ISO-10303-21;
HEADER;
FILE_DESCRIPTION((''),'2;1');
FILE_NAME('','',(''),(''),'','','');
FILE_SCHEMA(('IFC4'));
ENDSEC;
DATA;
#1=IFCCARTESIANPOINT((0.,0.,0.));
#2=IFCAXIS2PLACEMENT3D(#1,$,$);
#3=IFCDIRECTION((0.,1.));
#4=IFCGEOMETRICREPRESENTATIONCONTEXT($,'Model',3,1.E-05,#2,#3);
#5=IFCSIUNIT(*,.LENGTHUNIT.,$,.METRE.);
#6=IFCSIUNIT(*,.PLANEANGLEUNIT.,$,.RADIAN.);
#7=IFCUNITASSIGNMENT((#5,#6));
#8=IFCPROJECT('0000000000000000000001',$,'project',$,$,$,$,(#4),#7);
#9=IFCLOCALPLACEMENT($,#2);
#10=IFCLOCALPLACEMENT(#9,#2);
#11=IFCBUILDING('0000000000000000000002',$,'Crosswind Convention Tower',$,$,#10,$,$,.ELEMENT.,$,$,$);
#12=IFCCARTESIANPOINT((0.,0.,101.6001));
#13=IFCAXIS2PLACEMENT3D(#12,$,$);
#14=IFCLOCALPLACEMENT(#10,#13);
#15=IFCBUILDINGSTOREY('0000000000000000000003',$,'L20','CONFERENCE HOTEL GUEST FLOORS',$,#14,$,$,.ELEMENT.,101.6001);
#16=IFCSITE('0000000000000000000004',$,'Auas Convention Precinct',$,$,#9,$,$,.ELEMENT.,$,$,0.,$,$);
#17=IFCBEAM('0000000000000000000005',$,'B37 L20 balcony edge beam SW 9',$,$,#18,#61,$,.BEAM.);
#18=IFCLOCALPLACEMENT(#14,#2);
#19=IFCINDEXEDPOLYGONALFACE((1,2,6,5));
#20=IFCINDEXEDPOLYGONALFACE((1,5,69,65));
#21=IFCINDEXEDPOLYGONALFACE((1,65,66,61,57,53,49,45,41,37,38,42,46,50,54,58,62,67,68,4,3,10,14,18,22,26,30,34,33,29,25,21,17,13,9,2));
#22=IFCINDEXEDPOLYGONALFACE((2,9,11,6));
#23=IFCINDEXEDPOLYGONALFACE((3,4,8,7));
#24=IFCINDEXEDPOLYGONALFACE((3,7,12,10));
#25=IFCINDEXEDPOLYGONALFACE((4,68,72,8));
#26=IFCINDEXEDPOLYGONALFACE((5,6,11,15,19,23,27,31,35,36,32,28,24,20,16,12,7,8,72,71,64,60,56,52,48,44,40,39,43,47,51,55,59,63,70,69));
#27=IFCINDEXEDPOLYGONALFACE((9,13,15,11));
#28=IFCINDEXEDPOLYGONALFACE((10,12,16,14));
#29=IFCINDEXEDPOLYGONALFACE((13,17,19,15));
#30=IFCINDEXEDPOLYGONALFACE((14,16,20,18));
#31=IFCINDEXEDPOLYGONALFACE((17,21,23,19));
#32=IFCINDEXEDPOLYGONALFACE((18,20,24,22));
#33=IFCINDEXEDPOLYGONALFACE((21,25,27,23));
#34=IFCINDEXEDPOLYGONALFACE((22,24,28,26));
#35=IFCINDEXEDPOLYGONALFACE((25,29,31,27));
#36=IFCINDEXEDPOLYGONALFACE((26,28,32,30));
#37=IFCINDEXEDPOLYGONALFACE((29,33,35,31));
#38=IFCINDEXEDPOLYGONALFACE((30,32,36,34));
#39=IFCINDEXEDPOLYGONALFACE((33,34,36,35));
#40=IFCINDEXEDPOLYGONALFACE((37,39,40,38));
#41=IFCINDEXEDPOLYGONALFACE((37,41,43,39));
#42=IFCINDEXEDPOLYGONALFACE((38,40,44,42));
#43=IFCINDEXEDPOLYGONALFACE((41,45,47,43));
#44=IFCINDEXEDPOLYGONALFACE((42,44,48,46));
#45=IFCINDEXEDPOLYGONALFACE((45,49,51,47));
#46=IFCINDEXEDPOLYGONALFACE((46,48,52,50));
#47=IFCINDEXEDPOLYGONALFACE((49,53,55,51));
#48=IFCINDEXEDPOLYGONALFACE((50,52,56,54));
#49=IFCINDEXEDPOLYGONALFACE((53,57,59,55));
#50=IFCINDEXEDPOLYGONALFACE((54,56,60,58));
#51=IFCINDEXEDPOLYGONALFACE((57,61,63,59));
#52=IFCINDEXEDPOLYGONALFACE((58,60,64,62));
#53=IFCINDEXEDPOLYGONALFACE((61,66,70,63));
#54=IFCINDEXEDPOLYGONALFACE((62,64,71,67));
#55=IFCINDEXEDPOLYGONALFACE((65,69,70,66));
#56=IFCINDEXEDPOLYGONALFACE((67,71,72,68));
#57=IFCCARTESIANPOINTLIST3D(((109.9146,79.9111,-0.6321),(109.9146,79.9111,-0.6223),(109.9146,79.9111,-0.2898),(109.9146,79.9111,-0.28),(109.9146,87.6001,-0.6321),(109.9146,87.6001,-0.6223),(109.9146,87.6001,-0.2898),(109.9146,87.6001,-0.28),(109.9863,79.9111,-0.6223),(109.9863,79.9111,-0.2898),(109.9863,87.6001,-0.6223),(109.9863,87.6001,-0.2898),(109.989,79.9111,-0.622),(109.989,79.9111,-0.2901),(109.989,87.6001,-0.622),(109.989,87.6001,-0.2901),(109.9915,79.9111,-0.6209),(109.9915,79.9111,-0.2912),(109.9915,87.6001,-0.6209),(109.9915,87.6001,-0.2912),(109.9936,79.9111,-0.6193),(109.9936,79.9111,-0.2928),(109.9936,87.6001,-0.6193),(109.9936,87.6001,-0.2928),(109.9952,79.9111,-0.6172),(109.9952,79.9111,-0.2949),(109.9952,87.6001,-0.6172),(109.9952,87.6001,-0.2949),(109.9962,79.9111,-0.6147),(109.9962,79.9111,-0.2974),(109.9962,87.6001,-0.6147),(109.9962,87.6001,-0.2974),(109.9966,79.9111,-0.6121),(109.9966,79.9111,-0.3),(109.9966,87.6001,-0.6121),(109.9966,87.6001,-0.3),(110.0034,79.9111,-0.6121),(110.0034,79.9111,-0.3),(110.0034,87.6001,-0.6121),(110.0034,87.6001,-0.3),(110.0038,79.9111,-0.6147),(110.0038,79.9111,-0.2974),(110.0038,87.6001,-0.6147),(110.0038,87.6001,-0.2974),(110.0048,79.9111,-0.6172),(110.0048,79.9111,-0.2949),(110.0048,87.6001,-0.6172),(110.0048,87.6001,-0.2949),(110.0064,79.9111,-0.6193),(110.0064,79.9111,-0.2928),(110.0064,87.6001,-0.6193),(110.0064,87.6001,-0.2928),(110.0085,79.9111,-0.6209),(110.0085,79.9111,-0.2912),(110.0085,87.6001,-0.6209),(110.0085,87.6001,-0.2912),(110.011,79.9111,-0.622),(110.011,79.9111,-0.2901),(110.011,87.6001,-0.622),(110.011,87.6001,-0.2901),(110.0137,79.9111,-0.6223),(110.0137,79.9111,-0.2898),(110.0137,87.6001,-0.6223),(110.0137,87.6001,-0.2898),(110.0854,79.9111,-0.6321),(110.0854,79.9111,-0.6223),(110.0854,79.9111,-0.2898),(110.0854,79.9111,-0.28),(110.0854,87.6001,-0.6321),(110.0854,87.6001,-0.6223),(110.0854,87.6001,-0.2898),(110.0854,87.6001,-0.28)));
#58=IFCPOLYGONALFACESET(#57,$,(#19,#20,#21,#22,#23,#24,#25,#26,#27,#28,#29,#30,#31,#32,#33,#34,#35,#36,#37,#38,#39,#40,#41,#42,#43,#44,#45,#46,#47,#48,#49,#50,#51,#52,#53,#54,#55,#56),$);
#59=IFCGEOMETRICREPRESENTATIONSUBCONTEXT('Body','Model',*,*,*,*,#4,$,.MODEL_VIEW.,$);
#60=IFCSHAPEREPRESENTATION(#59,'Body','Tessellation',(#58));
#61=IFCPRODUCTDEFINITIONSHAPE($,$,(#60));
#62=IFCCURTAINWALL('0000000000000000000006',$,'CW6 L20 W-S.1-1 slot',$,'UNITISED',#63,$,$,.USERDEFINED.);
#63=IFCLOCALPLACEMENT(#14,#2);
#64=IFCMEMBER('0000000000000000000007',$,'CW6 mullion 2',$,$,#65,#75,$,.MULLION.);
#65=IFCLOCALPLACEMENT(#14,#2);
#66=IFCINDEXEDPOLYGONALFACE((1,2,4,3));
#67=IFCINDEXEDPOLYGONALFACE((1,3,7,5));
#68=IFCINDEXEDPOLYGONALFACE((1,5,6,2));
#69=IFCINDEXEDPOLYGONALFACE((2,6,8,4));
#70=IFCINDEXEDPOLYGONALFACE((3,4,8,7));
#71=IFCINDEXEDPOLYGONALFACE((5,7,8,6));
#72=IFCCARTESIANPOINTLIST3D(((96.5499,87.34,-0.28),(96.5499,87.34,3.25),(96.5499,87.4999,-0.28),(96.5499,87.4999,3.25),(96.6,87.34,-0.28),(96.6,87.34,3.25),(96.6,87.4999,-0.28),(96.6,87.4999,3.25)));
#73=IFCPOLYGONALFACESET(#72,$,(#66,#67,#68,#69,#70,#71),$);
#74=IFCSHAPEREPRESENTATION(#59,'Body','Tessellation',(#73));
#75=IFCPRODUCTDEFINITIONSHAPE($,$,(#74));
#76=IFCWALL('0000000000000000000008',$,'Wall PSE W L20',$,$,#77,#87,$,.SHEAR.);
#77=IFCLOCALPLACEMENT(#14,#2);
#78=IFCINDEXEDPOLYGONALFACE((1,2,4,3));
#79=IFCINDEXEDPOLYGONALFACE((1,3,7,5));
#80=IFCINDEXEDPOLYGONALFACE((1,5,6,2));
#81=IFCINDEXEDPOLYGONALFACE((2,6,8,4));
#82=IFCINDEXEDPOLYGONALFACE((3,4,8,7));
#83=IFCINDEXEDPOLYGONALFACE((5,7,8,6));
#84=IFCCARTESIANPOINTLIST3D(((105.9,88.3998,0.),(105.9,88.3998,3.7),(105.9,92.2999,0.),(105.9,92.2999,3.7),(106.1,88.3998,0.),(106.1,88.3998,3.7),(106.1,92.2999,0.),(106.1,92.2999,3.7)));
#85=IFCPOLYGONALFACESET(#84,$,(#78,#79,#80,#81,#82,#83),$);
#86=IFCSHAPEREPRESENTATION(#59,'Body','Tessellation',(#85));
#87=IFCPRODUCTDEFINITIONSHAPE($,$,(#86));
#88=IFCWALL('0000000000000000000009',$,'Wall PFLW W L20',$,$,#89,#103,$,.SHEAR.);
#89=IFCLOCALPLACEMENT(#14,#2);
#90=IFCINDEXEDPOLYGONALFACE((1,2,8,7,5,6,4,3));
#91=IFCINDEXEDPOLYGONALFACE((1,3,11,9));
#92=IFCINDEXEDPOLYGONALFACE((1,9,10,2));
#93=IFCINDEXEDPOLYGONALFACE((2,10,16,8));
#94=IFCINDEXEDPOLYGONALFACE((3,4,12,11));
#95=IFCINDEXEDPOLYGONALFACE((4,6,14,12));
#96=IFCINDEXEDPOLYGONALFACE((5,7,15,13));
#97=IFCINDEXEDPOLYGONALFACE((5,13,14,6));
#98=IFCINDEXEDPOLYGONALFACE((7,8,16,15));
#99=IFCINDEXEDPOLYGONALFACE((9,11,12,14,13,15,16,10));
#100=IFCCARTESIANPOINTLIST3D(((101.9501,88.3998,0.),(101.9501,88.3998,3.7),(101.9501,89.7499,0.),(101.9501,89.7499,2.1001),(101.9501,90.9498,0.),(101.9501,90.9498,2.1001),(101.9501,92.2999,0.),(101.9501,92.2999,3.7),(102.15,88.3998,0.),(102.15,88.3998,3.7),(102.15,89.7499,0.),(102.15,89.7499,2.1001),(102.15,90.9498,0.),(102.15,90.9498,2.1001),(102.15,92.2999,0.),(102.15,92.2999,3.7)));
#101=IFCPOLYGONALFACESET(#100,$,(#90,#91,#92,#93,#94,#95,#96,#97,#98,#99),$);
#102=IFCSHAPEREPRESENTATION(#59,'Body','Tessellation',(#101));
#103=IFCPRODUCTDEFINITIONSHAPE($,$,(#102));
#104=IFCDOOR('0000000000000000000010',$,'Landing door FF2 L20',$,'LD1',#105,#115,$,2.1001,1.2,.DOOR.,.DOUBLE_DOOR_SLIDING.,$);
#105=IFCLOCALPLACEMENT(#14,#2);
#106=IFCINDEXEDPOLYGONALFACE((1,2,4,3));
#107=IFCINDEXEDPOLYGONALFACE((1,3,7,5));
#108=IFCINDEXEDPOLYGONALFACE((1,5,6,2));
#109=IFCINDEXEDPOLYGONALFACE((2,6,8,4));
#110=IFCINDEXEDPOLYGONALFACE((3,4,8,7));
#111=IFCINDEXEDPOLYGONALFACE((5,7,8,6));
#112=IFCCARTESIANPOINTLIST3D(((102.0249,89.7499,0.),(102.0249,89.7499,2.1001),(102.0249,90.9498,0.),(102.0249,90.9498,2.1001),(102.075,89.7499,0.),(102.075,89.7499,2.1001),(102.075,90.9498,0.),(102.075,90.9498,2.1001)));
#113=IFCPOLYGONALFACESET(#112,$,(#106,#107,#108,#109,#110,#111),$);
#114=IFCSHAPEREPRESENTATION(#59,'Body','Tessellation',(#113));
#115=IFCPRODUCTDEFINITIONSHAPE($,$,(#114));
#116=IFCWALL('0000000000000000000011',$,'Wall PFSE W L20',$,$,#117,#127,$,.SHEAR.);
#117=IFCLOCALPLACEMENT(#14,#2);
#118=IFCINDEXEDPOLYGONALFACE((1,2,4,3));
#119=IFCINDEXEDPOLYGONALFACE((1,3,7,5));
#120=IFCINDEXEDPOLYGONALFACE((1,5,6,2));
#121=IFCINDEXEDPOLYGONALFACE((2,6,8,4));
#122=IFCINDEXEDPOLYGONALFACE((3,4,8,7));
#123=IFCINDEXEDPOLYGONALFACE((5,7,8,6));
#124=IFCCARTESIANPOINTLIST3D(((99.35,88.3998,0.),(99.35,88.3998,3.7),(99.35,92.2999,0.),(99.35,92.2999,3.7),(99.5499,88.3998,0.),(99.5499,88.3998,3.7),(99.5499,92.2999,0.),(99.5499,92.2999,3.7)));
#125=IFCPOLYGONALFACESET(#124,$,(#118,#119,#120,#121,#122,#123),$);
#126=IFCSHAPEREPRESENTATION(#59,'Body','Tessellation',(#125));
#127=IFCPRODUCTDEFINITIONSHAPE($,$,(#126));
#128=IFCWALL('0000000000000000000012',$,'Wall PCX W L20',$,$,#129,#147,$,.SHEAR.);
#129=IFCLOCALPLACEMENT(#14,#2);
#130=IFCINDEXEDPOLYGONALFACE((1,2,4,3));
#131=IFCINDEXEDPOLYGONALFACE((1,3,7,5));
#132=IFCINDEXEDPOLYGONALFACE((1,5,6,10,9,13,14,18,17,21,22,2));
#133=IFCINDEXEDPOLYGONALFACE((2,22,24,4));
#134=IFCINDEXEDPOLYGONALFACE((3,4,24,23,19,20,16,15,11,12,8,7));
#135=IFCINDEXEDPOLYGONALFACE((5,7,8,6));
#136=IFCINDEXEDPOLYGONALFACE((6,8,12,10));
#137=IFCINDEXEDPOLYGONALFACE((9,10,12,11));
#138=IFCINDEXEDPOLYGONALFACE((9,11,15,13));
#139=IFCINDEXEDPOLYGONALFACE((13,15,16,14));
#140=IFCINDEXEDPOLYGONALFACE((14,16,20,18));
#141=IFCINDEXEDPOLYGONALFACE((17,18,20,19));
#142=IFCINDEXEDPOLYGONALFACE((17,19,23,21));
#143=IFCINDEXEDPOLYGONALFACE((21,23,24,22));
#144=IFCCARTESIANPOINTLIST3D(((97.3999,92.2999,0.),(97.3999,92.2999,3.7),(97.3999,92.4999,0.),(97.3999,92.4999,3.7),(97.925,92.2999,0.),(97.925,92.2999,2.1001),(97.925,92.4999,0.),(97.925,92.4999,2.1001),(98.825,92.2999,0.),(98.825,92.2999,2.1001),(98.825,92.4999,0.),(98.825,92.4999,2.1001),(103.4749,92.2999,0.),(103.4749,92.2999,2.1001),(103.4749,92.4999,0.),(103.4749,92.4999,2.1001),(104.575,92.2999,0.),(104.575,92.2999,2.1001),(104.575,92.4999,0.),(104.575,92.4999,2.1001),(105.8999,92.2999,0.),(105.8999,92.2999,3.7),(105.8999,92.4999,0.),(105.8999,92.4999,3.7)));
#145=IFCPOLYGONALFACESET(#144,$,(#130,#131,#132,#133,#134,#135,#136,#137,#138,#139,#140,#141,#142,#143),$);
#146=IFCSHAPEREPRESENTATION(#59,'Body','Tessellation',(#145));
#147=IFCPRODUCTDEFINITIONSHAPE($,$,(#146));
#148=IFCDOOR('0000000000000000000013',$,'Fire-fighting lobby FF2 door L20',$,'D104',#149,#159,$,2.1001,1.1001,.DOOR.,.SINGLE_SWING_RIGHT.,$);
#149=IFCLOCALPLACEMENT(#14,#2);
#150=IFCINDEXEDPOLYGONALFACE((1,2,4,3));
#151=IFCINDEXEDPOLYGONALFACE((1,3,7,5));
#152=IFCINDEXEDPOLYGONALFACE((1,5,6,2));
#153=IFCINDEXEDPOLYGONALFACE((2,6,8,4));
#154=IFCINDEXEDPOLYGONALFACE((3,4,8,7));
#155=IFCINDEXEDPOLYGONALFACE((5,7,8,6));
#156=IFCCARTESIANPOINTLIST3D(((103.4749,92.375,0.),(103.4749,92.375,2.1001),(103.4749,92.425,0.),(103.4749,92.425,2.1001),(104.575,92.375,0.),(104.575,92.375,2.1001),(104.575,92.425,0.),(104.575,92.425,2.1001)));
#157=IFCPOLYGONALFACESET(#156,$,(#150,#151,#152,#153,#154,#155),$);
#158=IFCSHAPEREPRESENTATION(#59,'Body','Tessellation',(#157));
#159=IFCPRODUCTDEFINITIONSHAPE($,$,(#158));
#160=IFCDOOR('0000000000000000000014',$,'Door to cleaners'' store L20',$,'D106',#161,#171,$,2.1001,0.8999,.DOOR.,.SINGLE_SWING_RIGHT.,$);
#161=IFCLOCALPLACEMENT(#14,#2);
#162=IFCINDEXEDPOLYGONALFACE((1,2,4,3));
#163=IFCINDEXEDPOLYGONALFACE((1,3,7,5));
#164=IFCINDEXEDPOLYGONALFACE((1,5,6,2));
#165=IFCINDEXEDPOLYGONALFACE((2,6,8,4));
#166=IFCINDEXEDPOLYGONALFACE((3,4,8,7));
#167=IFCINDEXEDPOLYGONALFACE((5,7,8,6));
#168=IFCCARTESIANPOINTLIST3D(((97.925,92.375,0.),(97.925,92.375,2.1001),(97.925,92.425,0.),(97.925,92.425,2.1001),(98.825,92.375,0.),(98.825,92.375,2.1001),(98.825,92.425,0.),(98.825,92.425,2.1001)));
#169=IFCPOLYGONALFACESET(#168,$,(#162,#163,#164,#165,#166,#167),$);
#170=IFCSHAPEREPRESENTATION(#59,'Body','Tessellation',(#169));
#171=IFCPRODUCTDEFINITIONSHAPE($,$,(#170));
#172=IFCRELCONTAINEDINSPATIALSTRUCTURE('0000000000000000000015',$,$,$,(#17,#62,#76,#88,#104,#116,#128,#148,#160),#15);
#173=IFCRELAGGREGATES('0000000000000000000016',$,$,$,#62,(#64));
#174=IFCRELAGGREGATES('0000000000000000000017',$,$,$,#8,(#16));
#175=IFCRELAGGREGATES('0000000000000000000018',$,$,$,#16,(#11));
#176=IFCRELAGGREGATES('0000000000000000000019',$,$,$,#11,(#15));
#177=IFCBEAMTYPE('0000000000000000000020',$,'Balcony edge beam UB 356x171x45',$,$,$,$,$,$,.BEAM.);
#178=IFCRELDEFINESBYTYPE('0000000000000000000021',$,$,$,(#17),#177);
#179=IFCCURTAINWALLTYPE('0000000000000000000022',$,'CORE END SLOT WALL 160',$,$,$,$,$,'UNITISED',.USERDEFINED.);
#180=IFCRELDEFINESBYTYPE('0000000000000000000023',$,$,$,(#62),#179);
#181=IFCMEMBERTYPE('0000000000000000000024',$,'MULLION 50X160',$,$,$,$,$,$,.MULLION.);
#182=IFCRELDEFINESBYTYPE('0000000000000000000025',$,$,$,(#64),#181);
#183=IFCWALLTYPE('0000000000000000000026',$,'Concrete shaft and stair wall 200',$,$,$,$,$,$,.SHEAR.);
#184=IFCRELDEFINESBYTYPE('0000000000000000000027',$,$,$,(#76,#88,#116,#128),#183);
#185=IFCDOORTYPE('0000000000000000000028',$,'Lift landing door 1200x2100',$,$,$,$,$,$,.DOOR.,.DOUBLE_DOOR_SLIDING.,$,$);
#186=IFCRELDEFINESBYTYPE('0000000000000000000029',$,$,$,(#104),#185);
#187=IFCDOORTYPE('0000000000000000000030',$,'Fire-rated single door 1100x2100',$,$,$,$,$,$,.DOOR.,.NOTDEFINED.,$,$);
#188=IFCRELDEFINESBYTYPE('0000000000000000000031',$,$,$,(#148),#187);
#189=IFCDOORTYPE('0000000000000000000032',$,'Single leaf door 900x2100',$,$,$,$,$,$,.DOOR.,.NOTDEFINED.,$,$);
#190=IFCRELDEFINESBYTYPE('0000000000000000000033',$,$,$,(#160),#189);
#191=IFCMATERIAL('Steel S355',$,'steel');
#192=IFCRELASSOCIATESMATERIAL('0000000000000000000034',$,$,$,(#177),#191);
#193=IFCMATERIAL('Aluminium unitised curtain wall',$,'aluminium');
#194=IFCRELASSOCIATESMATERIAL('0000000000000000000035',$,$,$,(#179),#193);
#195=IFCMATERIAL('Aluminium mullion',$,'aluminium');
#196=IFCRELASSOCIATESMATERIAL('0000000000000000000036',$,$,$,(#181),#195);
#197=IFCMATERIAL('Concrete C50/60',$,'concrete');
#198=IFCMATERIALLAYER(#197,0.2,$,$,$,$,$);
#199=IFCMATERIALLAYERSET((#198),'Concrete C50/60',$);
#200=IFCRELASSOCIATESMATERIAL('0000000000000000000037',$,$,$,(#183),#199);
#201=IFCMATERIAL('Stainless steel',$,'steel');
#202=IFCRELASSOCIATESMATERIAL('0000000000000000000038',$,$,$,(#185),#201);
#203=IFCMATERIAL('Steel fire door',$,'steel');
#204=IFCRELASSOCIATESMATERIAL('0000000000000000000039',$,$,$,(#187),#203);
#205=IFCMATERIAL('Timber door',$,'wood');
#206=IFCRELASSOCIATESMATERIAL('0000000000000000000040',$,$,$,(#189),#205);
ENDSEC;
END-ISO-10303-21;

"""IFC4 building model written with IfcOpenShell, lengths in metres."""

from ifc_helpers import new_model, si_unit, direction, frame, frame_2d, origin, origin_2d, place, context, subcontext, project, spatial, rectangle, i_section, extrude, material, layer, layer_set, material_profile, profile_set, type_object, element, fill, aggregate, save


model = new_model("IFC4")

# Units and contexts
model_context = context("Model", 3, precision=1e-05, world=origin(), true_north=direction((0.0, 1.0)))
body_context = subcontext(model_context, "Body", "Model", "MODEL_VIEW")
ifc_project = project(units=[si_unit("LENGTHUNIT", "METRE"), si_unit("PLANEANGLEUNIT", "RADIAN")], contexts=[model_context])

# Site, building, storey
site_placement = place(None, origin())
site = spatial("IfcSite", under=ifc_project, at=site_placement, Name="Auas Convention Precinct", CompositionType="ELEMENT", RefElevation=0.0)
building_placement = place(site_placement, origin())
building = spatial("IfcBuilding", under=site, at=building_placement, Name="Crosswind Convention Tower", CompositionType="ELEMENT")
storey_placement = place(building_placement, frame((0.0, 0.0, 101.6001)))
storey = spatial("IfcBuildingStorey", under=building, at=storey_placement, Name="L20", Description="CONFERENCE HOTEL GUEST FLOORS", CompositionType="ELEMENT", Elevation=101.6001)

# Beam
ifc_material_1 = material(Name="Steel S355", Category="steel")
ifc_material_profile_1 = material_profile(ifc_material_1, i_section(OverallWidth=0.1709, OverallDepth=0.3521, WebThickness=0.0068, FlangeThickness=0.0098, FilletRadius=0.0103, at=origin_2d()), Name="UB 356x171x45")
ifc_profile_set_1 = profile_set([ifc_material_profile_1], Name="Steel S355")
beam_type = type_object("IfcBeamType", Name="Balcony edge beam UB 356x171x45", PredefinedType="BEAM", material=ifc_profile_set_1)
beam_placement = place(storey_placement, frame((110.0, 87.6001, -0.4561), z_axis=(0.0, -1.0, 0.0), x_axis=(1.0, 0.0, 0.0)))
element("IfcBeam", 1, at=beam_placement, inside=storey, type_object=beam_type, Name="B37 L20 balcony edge beam SW 9", PredefinedType="BEAM", context=body_context, shape_type="SweptSolid", body=[
    extrude(i_section(OverallWidth=0.1709, OverallDepth=0.3521, WebThickness=0.0068, FlangeThickness=0.0098, FilletRadius=0.0103, at=origin_2d()), origin(), (0.0, 0.0, 1.0), 7.689),
])

# Curtain wall, member
ifc_material_2 = material(Name="Aluminium unitised curtain wall", Category="aluminium")
curtain_wall_type = type_object("IfcCurtainWallType", Name="CORE END SLOT WALL 160", ElementType="UNITISED", PredefinedType="USERDEFINED", material=ifc_material_2)
curtain_wall_placement = place(storey_placement, origin())
curtain_wall = element("IfcCurtainWall", 2, at=curtain_wall_placement, inside=storey, type_object=curtain_wall_type, Name="CW6 L20 W-S.1-1 slot", ObjectType="UNITISED", PredefinedType="USERDEFINED")
ifc_material_3 = material(Name="Aluminium mullion", Category="aluminium")
ifc_material_profile_2 = material_profile(ifc_material_3, rectangle(XDim=0.1599, YDim=0.05, at=origin_2d()), Name="AL 160X50")
ifc_profile_set_2 = profile_set([ifc_material_profile_2], Name="Aluminium mullion")
member_type = type_object("IfcMemberType", Name="MULLION 50X160", PredefinedType="MULLION", material=ifc_profile_set_2)
member_placement = place(storey_placement, frame((96.575, 87.4199, -0.28), z_axis=(0.0, 0.0, 1.0), x_axis=(0.0, -1.0, 0.0)))
member = element("IfcMember", 3, at=member_placement, type_object=member_type, Name="CW6 mullion 2", PredefinedType="MULLION", context=body_context, shape_type="SweptSolid", body=[
    extrude(rectangle(XDim=0.1599, YDim=0.05, at=origin_2d()), origin(), (0.0, 0.0, 1.0), 3.53),
])
aggregate(curtain_wall, [member])

# Wall
ifc_material_4 = material(Name="Concrete C50/60", Category="concrete")
ifc_layer_1 = layer(ifc_material_4, 0.2)
ifc_layer_set_1 = layer_set([ifc_layer_1], Name="Concrete C50/60")
wall_type_1 = type_object("IfcWallType", Name="Concrete shaft and stair wall 200", PredefinedType="SHEAR", material=ifc_layer_set_1)
wall_1_placement = place(storey_placement, frame((106.0, 92.3, 0.0), z_axis=(0.0, 0.0, 1.0), x_axis=(0.0, -1.0, 0.0)))
element("IfcWall", 4, at=wall_1_placement, inside=storey, type_object=wall_type_1, Name="Wall PSE W L20", PredefinedType="SHEAR", context=body_context, shape_type="SweptSolid", body=[
    extrude(rectangle(XDim=3.9001, YDim=0.2, at=frame_2d((1.9502, 0.0))), origin(), (0.0, 0.0, 1.0), 3.7),
])

# Wall, opening, door
wall_2_placement = place(storey_placement, frame((102.05, 92.3, 0.0), z_axis=(0.0, 0.0, 1.0), x_axis=(0.0, -1.0, 0.0)))
wall_2 = element("IfcWall", 5, at=wall_2_placement, inside=storey, type_object=wall_type_1, Name="Wall PFLW W L20", PredefinedType="SHEAR", context=body_context, shape_type="SweptSolid", body=[
    extrude(rectangle(XDim=3.9001, YDim=0.2, at=frame_2d((1.9502, 0.0))), origin(), (0.0, 0.0, 1.0), 3.7),
])
opening_1_placement = place(wall_2_placement, frame((1.3501, 0.0, 0.0)))
opening_1 = element("IfcOpeningElement", 6, at=opening_1_placement, cuts=wall_2, PredefinedType="OPENING", context=body_context, shape_type="SweptSolid", body=[
    extrude(rectangle(XDim=1.2, YDim=2.1001, at=frame_2d((0.6001, 1.05))), frame((0.0, 0.1099, 0.0), z_axis=(0.0, -1.0, 0.0), x_axis=(1.0, 0.0, 0.0)), (0.0, 0.0, 1.0), 0.22),
])
ifc_material_5 = material(Name="Stainless steel", Category="steel")
door_type_1 = type_object("IfcDoorType", Name="Lift landing door 1200x2100", OperationType="DOUBLE_DOOR_SLIDING", PredefinedType="DOOR", material=ifc_material_5)
door_1_placement = place(opening_1_placement, origin())
door_1 = element("IfcDoor", 7, at=door_1_placement, inside=storey, type_object=door_type_1, Name="Landing door FF2 L20", ObjectType="LD1", OperationType="DOUBLE_DOOR_SLIDING", OverallHeight=2.1001, OverallWidth=1.2, PredefinedType="DOOR", context=body_context, shape_type="SweptSolid", body=[
    extrude(rectangle(XDim=1.2, YDim=2.1001, at=frame_2d((0.6001, 1.05))), frame((0.0, 0.0249, 0.0), z_axis=(0.0, -1.0, 0.0), x_axis=(1.0, 0.0, 0.0)), (0.0, 0.0, 1.0), 0.05),
])
fill(opening_1, door_1)

# Wall
wall_3_placement = place(storey_placement, frame((99.45, 92.3, 0.0), z_axis=(0.0, 0.0, 1.0), x_axis=(0.0, -1.0, 0.0)))
element("IfcWall", 8, at=wall_3_placement, inside=storey, type_object=wall_type_1, Name="Wall PFSE W L20", PredefinedType="SHEAR", context=body_context, shape_type="SweptSolid", body=[
    extrude(rectangle(XDim=3.9001, YDim=0.2, at=frame_2d((1.9502, 0.0))), origin(), (0.0, 0.0, 1.0), 3.7),
])

# Wall, openings, doors
wall_4_placement = place(storey_placement, frame((105.8999, 92.3999, 0.0), z_axis=(0.0, 0.0, 1.0), x_axis=(-1.0, 0.0, 0.0)))
wall_4 = element("IfcWall", 9, at=wall_4_placement, inside=storey, type_object=wall_type_1, Name="Wall PCX W L20", PredefinedType="SHEAR", context=body_context, shape_type="SweptSolid", body=[
    extrude(rectangle(XDim=8.5, YDim=0.2, at=frame_2d((4.25, 0.0))), origin(), (0.0, 0.0, 1.0), 3.7),
])
opening_2_placement = place(wall_4_placement, frame((1.325, 0.0, 0.0)))
opening_2 = element("IfcOpeningElement", 10, at=opening_2_placement, cuts=wall_4, PredefinedType="OPENING", context=body_context, shape_type="SweptSolid", body=[
    extrude(rectangle(XDim=1.1001, YDim=2.1001, at=frame_2d((0.55, 1.05))), frame((0.0, 0.1099, 0.0), z_axis=(0.0, -1.0, 0.0), x_axis=(1.0, 0.0, 0.0)), (0.0, 0.0, 1.0), 0.22),
])
opening_3_placement = place(wall_4_placement, frame((7.075, 0.0, 0.0)))
opening_3 = element("IfcOpeningElement", 11, at=opening_3_placement, cuts=wall_4, PredefinedType="OPENING", context=body_context, shape_type="SweptSolid", body=[
    extrude(rectangle(XDim=0.8999, YDim=2.1001, at=frame_2d((0.45, 1.05))), frame((0.0, 0.1099, 0.0), z_axis=(0.0, -1.0, 0.0), x_axis=(1.0, 0.0, 0.0)), (0.0, 0.0, 1.0), 0.22),
])
ifc_material_6 = material(Name="Steel fire door", Category="steel")
door_type_2 = type_object("IfcDoorType", Name="Fire-rated single door 1100x2100", OperationType="NOTDEFINED", PredefinedType="DOOR", material=ifc_material_6)
door_2_placement = place(opening_2_placement, origin())
door_2 = element("IfcDoor", 12, at=door_2_placement, inside=storey, type_object=door_type_2, Name="Fire-fighting lobby FF2 door L20", ObjectType="D104", OperationType="SINGLE_SWING_RIGHT", OverallHeight=2.1001, OverallWidth=1.1001, PredefinedType="DOOR", context=body_context, shape_type="SweptSolid", body=[
    extrude(rectangle(XDim=1.1001, YDim=2.1001, at=frame_2d((0.55, 1.05))), frame((0.0, 0.0249, 0.0), z_axis=(0.0, -1.0, 0.0), x_axis=(1.0, 0.0, 0.0)), (0.0, 0.0, 1.0), 0.05),
])
fill(opening_2, door_2)
ifc_material_7 = material(Name="Timber door", Category="wood")
door_type_3 = type_object("IfcDoorType", Name="Single leaf door 900x2100", OperationType="NOTDEFINED", PredefinedType="DOOR", material=ifc_material_7)
door_3_placement = place(opening_3_placement, origin())
door_3 = element("IfcDoor", 13, at=door_3_placement, inside=storey, type_object=door_type_3, Name="Door to cleaners' store L20", ObjectType="D106", OperationType="SINGLE_SWING_RIGHT", OverallHeight=2.1001, OverallWidth=0.8999, PredefinedType="DOOR", context=body_context, shape_type="SweptSolid", body=[
    extrude(rectangle(XDim=0.8999, YDim=2.1001, at=frame_2d((0.45, 1.05))), frame((0.0, 0.0249, 0.0), z_axis=(0.0, -1.0, 0.0), x_axis=(1.0, 0.0, 0.0)), (0.0, 0.0, 1.0), 0.05),
])
fill(opening_3, door_3)

save(model, "model.ifc")
